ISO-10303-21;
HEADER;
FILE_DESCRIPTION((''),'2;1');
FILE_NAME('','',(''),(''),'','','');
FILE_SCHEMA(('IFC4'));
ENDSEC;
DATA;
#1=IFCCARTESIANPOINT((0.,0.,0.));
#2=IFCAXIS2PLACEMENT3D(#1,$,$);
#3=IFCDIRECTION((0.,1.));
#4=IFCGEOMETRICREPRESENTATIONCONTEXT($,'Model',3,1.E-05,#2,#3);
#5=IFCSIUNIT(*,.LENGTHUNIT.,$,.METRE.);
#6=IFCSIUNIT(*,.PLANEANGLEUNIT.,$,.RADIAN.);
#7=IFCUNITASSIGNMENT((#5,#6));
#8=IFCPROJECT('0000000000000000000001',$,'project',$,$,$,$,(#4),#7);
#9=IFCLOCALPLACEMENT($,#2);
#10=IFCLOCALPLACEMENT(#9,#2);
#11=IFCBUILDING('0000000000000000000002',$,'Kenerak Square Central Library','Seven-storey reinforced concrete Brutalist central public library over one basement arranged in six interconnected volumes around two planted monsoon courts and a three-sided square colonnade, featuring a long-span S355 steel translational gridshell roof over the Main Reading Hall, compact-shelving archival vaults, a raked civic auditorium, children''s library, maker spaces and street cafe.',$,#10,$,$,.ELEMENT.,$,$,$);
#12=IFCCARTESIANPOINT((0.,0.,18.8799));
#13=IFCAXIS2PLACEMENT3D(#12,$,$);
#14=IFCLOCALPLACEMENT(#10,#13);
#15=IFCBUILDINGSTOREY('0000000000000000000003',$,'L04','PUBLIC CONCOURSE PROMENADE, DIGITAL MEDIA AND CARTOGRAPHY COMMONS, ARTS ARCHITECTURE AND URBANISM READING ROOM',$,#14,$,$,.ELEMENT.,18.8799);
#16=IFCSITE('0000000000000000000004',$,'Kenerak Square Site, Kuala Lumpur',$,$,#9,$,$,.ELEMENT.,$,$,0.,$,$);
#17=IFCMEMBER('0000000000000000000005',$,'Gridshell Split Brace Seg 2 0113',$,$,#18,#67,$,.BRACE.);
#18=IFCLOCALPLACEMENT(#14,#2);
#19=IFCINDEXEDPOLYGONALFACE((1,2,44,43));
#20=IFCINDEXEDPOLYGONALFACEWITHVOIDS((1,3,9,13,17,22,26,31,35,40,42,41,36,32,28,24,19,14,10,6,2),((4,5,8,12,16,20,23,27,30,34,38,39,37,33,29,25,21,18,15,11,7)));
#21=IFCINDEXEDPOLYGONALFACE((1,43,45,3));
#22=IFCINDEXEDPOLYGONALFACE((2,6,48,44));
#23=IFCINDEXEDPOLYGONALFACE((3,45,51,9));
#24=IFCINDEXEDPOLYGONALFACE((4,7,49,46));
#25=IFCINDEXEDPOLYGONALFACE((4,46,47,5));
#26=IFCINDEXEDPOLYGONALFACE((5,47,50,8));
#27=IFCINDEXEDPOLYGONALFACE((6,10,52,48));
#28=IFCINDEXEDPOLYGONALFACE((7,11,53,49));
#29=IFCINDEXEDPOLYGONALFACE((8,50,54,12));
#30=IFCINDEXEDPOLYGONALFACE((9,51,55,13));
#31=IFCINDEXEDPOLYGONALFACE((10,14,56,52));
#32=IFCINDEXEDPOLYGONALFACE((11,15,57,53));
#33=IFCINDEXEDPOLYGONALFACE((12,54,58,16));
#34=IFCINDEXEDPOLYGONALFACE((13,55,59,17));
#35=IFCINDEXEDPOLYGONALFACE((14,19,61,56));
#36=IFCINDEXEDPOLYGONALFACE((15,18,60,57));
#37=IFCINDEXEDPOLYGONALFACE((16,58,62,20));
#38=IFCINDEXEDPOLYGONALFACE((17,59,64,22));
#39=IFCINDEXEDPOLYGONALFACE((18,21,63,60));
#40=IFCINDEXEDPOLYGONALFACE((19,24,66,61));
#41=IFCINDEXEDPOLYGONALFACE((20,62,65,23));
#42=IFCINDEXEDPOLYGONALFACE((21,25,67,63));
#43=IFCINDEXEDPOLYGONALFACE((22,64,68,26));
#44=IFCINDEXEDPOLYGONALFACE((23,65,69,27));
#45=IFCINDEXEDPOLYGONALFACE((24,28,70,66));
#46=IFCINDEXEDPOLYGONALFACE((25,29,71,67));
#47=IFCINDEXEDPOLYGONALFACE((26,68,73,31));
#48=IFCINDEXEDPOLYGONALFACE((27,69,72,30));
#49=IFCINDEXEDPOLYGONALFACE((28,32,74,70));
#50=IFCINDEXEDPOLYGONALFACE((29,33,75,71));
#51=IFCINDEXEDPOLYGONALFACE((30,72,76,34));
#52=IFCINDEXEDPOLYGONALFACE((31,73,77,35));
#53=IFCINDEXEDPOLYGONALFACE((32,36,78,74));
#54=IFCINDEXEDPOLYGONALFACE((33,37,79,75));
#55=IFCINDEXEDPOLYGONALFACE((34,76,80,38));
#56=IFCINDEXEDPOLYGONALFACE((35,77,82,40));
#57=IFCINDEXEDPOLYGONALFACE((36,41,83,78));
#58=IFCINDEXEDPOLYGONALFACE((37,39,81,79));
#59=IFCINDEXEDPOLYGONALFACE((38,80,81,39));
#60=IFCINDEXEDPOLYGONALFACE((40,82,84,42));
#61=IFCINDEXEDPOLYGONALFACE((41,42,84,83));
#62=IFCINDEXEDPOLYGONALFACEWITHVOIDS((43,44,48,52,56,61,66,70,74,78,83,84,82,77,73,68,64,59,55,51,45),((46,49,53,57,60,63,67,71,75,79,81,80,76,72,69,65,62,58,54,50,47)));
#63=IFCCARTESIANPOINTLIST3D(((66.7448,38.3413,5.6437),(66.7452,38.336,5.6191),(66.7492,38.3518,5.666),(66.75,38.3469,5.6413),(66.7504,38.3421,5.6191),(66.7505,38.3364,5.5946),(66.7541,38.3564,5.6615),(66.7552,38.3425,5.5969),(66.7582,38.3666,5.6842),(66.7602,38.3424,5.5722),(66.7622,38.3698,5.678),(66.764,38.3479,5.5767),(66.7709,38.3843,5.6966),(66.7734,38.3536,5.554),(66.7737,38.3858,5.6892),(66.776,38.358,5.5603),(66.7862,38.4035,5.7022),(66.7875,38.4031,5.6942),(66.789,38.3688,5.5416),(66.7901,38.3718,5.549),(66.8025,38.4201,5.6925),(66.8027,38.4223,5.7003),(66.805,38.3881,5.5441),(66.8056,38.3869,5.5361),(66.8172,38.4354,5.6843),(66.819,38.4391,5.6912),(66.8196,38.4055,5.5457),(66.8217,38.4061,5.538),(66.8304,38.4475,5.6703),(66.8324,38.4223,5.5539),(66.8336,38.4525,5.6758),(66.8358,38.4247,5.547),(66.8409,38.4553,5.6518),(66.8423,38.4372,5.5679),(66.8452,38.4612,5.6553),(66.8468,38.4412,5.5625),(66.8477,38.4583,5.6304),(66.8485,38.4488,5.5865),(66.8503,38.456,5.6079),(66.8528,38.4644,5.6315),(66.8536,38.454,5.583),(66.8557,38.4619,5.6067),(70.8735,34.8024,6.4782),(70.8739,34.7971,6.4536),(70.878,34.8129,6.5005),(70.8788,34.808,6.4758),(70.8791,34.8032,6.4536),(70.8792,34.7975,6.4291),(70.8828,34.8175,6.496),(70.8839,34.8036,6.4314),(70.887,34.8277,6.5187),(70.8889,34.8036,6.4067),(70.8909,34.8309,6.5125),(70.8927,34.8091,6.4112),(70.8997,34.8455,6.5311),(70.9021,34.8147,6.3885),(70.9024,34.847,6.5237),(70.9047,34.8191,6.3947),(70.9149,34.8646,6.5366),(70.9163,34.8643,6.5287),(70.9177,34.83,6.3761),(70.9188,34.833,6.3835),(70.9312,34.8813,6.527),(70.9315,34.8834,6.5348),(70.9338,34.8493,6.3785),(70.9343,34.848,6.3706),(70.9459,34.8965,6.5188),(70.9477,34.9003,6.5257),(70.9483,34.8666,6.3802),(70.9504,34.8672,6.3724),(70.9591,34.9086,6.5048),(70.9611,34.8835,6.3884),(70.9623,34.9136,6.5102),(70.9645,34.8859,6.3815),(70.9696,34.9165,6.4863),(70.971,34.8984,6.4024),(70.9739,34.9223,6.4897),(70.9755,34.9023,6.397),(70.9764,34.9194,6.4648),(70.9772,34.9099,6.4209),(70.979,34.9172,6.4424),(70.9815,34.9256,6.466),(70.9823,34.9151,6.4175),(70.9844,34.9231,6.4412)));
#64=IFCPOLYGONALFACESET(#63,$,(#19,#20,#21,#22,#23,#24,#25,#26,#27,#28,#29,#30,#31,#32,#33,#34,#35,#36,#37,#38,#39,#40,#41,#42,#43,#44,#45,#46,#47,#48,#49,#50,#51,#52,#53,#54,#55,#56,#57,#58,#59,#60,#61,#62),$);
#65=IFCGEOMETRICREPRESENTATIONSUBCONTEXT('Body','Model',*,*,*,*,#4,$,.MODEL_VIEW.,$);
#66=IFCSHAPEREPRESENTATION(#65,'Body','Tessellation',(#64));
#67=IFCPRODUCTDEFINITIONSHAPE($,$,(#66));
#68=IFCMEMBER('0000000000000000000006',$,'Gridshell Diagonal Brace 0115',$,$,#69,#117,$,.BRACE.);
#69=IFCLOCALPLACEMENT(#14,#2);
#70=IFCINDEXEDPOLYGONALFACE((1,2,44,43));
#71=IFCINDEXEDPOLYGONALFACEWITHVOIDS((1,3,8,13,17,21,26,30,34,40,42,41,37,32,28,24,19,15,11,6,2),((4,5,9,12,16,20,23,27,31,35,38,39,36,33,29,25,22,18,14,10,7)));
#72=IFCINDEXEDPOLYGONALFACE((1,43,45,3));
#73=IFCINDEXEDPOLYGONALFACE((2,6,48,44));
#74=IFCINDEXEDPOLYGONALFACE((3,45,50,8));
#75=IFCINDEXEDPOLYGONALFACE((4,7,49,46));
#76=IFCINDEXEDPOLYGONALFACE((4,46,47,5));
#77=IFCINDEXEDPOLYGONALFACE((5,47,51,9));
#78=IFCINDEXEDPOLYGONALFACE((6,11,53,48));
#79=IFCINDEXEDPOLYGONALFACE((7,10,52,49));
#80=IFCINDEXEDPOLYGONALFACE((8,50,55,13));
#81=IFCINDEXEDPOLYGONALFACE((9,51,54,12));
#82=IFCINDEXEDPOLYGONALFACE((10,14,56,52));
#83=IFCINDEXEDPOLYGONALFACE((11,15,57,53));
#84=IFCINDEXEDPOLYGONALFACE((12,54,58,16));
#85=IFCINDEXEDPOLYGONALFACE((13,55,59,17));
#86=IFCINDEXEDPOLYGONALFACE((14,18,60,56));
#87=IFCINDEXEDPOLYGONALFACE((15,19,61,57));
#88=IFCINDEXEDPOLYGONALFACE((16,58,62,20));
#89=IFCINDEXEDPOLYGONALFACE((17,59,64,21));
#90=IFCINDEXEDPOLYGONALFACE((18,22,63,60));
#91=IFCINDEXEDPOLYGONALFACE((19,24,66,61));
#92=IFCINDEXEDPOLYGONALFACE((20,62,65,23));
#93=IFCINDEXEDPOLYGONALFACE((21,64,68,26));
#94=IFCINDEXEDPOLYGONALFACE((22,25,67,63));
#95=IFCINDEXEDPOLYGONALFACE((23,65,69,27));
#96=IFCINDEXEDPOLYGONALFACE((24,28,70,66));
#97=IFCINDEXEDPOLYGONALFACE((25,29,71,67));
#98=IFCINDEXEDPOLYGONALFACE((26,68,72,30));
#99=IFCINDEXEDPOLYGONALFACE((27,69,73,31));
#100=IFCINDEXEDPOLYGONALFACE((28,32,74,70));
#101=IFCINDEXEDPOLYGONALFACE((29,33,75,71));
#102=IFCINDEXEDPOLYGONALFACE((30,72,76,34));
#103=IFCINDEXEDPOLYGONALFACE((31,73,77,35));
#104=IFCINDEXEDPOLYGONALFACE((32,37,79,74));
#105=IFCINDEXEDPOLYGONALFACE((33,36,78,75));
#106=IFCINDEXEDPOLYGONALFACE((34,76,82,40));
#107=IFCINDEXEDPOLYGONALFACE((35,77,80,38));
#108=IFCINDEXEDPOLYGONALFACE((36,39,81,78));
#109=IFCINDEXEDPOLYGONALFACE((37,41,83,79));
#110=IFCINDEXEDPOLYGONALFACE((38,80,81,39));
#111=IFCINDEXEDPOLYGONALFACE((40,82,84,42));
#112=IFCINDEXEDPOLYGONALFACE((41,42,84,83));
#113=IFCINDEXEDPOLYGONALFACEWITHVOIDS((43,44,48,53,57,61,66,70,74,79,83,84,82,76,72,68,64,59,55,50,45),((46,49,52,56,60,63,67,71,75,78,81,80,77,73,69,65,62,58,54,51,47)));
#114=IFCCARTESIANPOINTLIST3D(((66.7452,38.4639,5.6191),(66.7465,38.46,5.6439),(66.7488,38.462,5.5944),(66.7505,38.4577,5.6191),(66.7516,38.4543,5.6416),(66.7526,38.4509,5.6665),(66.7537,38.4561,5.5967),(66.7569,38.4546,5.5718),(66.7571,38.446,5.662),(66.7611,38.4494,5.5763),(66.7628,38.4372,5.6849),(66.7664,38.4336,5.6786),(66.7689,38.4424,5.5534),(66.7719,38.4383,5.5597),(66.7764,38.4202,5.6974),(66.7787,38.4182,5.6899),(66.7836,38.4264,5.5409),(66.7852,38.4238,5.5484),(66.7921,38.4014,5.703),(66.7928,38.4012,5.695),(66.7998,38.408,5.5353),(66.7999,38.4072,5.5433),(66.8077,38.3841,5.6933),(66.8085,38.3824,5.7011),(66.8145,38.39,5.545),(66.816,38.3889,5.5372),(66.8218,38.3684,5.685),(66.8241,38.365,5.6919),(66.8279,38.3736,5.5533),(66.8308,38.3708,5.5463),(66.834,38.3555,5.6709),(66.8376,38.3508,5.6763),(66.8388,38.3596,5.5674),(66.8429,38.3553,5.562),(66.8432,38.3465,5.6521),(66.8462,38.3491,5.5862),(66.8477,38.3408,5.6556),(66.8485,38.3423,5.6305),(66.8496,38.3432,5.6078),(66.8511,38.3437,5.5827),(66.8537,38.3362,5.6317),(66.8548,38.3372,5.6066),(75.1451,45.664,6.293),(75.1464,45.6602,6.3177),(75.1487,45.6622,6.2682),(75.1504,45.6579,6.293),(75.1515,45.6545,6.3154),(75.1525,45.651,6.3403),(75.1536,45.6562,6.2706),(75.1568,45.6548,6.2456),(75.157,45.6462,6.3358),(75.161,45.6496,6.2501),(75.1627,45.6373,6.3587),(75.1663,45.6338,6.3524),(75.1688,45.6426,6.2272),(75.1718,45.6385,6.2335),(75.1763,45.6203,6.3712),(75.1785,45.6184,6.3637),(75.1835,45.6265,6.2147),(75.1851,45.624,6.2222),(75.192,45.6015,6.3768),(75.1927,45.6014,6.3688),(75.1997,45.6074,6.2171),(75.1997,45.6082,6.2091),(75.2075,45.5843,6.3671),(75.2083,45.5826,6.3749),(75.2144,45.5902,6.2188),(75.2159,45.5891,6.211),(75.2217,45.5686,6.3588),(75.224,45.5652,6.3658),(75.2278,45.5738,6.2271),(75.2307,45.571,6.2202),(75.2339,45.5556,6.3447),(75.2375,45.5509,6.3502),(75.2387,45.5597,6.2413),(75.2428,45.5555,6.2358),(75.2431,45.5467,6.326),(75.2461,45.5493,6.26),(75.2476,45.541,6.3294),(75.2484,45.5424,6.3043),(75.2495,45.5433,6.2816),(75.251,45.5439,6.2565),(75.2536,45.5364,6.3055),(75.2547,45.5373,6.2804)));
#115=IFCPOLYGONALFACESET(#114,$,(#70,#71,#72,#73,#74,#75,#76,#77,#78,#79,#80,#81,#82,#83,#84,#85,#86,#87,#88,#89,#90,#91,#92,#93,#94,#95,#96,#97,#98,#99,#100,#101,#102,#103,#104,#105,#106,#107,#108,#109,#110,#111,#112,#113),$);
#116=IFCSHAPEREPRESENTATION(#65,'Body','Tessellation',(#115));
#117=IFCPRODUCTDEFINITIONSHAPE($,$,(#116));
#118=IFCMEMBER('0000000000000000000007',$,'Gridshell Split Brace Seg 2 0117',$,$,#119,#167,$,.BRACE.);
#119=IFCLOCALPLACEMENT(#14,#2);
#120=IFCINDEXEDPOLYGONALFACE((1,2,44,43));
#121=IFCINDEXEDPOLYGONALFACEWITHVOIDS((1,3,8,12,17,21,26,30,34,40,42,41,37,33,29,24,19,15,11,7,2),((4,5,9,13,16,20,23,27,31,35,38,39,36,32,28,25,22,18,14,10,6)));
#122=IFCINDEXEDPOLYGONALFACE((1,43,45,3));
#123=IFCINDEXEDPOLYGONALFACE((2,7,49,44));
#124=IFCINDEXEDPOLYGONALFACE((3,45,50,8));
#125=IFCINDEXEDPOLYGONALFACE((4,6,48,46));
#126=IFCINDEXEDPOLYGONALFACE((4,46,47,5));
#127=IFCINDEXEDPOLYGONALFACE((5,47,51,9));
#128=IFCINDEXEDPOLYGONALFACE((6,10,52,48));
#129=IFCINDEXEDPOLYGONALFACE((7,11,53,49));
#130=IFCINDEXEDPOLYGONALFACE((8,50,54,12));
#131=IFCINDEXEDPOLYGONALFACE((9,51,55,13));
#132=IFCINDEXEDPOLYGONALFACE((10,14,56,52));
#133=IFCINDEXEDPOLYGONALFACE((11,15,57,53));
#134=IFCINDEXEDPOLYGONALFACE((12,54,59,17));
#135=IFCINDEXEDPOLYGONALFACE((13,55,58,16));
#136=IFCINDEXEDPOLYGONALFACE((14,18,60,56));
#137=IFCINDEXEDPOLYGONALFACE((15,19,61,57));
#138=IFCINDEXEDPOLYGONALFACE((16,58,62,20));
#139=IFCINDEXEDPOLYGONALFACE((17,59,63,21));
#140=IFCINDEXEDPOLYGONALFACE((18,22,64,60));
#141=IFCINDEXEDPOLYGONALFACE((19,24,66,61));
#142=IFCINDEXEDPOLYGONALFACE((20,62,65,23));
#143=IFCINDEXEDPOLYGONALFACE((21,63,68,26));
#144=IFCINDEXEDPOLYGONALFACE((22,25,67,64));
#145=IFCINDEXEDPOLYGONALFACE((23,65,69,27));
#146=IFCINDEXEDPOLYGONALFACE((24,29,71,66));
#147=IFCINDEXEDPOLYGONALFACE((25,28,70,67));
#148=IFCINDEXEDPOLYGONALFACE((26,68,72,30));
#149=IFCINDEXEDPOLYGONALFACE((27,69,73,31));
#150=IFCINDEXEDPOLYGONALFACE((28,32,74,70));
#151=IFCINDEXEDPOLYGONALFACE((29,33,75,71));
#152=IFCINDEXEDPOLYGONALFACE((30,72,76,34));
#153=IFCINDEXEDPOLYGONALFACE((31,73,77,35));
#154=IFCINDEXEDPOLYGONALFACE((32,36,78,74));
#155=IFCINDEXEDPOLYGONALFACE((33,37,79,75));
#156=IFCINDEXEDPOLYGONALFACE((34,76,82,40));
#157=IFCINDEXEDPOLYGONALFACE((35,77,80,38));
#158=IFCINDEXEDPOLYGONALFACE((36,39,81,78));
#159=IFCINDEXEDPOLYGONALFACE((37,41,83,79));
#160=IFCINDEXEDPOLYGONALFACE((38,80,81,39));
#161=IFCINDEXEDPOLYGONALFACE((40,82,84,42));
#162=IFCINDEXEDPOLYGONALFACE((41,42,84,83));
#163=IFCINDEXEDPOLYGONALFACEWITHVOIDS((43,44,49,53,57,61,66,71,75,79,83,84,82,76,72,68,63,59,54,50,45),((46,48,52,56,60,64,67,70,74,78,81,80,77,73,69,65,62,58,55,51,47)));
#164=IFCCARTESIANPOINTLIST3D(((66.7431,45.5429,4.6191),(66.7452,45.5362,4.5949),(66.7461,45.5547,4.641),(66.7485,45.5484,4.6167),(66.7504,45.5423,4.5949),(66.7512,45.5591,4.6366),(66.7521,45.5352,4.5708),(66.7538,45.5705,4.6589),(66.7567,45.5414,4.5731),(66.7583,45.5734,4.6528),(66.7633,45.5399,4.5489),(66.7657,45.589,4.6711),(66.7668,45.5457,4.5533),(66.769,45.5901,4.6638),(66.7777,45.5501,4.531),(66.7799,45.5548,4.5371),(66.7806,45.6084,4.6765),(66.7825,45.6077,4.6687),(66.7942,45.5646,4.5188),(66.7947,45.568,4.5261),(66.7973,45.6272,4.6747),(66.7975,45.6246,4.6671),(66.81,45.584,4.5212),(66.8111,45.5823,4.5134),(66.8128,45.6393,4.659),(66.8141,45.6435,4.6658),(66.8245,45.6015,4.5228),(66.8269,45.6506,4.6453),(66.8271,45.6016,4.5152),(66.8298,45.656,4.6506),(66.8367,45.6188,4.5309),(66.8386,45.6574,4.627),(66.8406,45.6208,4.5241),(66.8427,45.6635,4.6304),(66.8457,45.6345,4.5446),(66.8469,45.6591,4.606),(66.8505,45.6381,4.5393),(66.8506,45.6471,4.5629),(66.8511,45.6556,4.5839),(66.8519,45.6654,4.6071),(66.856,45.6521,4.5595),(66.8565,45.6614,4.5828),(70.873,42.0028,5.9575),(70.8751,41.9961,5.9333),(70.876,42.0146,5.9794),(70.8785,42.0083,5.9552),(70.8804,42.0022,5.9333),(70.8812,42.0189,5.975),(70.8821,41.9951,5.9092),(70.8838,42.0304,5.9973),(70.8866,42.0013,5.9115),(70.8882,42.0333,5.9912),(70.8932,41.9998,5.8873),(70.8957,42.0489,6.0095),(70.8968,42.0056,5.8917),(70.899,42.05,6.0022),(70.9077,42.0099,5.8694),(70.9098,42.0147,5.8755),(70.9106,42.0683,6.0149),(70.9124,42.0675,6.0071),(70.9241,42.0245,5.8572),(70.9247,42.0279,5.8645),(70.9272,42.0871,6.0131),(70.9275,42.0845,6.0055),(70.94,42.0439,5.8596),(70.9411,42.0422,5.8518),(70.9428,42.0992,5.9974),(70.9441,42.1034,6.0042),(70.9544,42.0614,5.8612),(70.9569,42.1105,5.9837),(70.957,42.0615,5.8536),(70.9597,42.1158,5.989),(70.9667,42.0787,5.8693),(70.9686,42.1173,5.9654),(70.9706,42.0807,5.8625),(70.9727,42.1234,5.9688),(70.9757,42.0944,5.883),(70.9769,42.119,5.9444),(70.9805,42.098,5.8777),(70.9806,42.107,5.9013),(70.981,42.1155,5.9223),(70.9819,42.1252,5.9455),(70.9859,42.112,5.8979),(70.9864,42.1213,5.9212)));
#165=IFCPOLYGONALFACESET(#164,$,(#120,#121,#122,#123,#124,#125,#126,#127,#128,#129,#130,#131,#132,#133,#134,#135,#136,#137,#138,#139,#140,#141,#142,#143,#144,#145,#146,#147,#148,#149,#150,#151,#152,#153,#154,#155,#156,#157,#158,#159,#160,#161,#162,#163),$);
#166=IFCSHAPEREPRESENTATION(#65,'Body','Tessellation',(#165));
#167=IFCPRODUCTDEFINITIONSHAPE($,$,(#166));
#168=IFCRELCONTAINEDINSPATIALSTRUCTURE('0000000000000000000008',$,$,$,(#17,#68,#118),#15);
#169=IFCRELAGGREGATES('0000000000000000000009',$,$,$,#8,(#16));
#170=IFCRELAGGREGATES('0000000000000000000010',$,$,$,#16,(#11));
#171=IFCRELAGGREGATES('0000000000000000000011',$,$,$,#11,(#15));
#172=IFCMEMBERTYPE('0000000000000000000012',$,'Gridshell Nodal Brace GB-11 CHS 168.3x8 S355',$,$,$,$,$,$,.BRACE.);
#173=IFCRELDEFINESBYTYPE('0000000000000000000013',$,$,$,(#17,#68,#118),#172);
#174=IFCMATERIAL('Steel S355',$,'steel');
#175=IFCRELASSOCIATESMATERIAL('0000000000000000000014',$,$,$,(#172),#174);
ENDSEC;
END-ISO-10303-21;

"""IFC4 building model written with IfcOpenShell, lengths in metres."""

from ifc_helpers import new_model, si_unit, direction, frame, origin, origin_2d, place, context, subcontext, project, spatial, hollow_circle, extrude, material, material_profile, profile_set, type_object, element, save


model = new_model("IFC4")

# Units and contexts
model_context = context("Model", 3, precision=1e-05, world=origin(), true_north=direction((0.0, 1.0)))
body_context = subcontext(model_context, "Body", "Model", "MODEL_VIEW")
ifc_project = project(units=[si_unit("LENGTHUNIT", "METRE"), si_unit("PLANEANGLEUNIT", "RADIAN")], contexts=[model_context])

# Site, building, storey
site_placement = place(None, origin())
site = spatial("IfcSite", under=ifc_project, at=site_placement, Name="Kenerak Square Site, Kuala Lumpur", CompositionType="ELEMENT", RefElevation=0.0)
building_placement = place(site_placement, origin())
building = spatial("IfcBuilding", under=site, at=building_placement, Name="Kenerak Square Central Library", Description="Seven-storey reinforced concrete Brutalist central public library over one basement arranged in six interconnected volumes around two planted monsoon courts and a three-sided square colonnade, featuring a long-span S355 steel translational gridshell roof over the Main Reading Hall, compact-shelving archival vaults, a raked civic auditorium, children's library, maker spaces and street cafe.", CompositionType="ELEMENT")
storey_placement = place(building_placement, frame((0.0, 0.0, 18.8799)))
storey = spatial("IfcBuildingStorey", under=building, at=storey_placement, Name="L04", Description="PUBLIC CONCOURSE PROMENADE, DIGITAL MEDIA AND CARTOGRAPHY COMMONS, ARTS ARCHITECTURE AND URBANISM READING ROOM", CompositionType="ELEMENT", Elevation=18.8799)

# Members
ifc_material = material(Name="Steel S355", Category="steel")
ifc_material_profile_1 = material_profile(ifc_material, hollow_circle(Radius=0.0842, WallThickness=0.0081, at=origin_2d()), Name="CHS 168.3x8.0")
ifc_profile_set_1 = profile_set([ifc_material_profile_1], Name="Steel S355")
member_type_1 = type_object("IfcMemberType", Name="Gridshell Nodal Brace GB-11 CHS 168.3x8 S355", PredefinedType="BRACE", material=ifc_profile_set_1)
member_1_placement = place(storey_placement, frame((70.9287, 34.8611, 6.4536), z_axis=(-0.750474, 0.643257, -0.151684), x_axis=(-0.650788, -0.75926, 0.0)))
element("IfcMember", 1, at=member_1_placement, inside=storey, type_object=member_type_1, Name="Gridshell Split Brace Seg 2 0113", PredefinedType="BRACE", context=body_context, shape_type="SweptSolid", body=[
    extrude(hollow_circle(Radius=0.0842, WallThickness=0.0081, at=origin_2d()), origin(), (0.0, 0.0, 1.0), 5.5015),
])
member_2_placement = place(storey_placement, frame((66.8, 38.3999, 5.6191), z_axis=(0.75784, 0.649602, 0.060793), x_axis=(-0.650806, 0.759244, 0.0)))
element("IfcMember", 2, at=member_2_placement, inside=storey, type_object=member_type_1, Name="Gridshell Diagonal Brace 0115", PredefinedType="BRACE", context=body_context, shape_type="SweptSolid", body=[
    extrude(hollow_circle(Radius=0.0842, WallThickness=0.0081, at=origin_2d()), origin(), (0.0, 0.0, 1.0), 11.084),
])
member_3_placement = place(storey_placement, frame((70.9299, 42.0601, 5.9333), z_axis=(-0.737255, 0.631958, -0.238924), x_axis=(-0.650806, -0.759244, 0.0)))
element("IfcMember", 3, at=member_3_placement, inside=storey, type_object=member_type_1, Name="Gridshell Split Brace Seg 2 0117", PredefinedType="BRACE", context=body_context, shape_type="SweptSolid", body=[
    extrude(hollow_circle(Radius=0.0842, WallThickness=0.0081, at=origin_2d()), origin(), (0.0, 0.0, 1.0), 5.6018),
])

save(model, "model.ifc")
